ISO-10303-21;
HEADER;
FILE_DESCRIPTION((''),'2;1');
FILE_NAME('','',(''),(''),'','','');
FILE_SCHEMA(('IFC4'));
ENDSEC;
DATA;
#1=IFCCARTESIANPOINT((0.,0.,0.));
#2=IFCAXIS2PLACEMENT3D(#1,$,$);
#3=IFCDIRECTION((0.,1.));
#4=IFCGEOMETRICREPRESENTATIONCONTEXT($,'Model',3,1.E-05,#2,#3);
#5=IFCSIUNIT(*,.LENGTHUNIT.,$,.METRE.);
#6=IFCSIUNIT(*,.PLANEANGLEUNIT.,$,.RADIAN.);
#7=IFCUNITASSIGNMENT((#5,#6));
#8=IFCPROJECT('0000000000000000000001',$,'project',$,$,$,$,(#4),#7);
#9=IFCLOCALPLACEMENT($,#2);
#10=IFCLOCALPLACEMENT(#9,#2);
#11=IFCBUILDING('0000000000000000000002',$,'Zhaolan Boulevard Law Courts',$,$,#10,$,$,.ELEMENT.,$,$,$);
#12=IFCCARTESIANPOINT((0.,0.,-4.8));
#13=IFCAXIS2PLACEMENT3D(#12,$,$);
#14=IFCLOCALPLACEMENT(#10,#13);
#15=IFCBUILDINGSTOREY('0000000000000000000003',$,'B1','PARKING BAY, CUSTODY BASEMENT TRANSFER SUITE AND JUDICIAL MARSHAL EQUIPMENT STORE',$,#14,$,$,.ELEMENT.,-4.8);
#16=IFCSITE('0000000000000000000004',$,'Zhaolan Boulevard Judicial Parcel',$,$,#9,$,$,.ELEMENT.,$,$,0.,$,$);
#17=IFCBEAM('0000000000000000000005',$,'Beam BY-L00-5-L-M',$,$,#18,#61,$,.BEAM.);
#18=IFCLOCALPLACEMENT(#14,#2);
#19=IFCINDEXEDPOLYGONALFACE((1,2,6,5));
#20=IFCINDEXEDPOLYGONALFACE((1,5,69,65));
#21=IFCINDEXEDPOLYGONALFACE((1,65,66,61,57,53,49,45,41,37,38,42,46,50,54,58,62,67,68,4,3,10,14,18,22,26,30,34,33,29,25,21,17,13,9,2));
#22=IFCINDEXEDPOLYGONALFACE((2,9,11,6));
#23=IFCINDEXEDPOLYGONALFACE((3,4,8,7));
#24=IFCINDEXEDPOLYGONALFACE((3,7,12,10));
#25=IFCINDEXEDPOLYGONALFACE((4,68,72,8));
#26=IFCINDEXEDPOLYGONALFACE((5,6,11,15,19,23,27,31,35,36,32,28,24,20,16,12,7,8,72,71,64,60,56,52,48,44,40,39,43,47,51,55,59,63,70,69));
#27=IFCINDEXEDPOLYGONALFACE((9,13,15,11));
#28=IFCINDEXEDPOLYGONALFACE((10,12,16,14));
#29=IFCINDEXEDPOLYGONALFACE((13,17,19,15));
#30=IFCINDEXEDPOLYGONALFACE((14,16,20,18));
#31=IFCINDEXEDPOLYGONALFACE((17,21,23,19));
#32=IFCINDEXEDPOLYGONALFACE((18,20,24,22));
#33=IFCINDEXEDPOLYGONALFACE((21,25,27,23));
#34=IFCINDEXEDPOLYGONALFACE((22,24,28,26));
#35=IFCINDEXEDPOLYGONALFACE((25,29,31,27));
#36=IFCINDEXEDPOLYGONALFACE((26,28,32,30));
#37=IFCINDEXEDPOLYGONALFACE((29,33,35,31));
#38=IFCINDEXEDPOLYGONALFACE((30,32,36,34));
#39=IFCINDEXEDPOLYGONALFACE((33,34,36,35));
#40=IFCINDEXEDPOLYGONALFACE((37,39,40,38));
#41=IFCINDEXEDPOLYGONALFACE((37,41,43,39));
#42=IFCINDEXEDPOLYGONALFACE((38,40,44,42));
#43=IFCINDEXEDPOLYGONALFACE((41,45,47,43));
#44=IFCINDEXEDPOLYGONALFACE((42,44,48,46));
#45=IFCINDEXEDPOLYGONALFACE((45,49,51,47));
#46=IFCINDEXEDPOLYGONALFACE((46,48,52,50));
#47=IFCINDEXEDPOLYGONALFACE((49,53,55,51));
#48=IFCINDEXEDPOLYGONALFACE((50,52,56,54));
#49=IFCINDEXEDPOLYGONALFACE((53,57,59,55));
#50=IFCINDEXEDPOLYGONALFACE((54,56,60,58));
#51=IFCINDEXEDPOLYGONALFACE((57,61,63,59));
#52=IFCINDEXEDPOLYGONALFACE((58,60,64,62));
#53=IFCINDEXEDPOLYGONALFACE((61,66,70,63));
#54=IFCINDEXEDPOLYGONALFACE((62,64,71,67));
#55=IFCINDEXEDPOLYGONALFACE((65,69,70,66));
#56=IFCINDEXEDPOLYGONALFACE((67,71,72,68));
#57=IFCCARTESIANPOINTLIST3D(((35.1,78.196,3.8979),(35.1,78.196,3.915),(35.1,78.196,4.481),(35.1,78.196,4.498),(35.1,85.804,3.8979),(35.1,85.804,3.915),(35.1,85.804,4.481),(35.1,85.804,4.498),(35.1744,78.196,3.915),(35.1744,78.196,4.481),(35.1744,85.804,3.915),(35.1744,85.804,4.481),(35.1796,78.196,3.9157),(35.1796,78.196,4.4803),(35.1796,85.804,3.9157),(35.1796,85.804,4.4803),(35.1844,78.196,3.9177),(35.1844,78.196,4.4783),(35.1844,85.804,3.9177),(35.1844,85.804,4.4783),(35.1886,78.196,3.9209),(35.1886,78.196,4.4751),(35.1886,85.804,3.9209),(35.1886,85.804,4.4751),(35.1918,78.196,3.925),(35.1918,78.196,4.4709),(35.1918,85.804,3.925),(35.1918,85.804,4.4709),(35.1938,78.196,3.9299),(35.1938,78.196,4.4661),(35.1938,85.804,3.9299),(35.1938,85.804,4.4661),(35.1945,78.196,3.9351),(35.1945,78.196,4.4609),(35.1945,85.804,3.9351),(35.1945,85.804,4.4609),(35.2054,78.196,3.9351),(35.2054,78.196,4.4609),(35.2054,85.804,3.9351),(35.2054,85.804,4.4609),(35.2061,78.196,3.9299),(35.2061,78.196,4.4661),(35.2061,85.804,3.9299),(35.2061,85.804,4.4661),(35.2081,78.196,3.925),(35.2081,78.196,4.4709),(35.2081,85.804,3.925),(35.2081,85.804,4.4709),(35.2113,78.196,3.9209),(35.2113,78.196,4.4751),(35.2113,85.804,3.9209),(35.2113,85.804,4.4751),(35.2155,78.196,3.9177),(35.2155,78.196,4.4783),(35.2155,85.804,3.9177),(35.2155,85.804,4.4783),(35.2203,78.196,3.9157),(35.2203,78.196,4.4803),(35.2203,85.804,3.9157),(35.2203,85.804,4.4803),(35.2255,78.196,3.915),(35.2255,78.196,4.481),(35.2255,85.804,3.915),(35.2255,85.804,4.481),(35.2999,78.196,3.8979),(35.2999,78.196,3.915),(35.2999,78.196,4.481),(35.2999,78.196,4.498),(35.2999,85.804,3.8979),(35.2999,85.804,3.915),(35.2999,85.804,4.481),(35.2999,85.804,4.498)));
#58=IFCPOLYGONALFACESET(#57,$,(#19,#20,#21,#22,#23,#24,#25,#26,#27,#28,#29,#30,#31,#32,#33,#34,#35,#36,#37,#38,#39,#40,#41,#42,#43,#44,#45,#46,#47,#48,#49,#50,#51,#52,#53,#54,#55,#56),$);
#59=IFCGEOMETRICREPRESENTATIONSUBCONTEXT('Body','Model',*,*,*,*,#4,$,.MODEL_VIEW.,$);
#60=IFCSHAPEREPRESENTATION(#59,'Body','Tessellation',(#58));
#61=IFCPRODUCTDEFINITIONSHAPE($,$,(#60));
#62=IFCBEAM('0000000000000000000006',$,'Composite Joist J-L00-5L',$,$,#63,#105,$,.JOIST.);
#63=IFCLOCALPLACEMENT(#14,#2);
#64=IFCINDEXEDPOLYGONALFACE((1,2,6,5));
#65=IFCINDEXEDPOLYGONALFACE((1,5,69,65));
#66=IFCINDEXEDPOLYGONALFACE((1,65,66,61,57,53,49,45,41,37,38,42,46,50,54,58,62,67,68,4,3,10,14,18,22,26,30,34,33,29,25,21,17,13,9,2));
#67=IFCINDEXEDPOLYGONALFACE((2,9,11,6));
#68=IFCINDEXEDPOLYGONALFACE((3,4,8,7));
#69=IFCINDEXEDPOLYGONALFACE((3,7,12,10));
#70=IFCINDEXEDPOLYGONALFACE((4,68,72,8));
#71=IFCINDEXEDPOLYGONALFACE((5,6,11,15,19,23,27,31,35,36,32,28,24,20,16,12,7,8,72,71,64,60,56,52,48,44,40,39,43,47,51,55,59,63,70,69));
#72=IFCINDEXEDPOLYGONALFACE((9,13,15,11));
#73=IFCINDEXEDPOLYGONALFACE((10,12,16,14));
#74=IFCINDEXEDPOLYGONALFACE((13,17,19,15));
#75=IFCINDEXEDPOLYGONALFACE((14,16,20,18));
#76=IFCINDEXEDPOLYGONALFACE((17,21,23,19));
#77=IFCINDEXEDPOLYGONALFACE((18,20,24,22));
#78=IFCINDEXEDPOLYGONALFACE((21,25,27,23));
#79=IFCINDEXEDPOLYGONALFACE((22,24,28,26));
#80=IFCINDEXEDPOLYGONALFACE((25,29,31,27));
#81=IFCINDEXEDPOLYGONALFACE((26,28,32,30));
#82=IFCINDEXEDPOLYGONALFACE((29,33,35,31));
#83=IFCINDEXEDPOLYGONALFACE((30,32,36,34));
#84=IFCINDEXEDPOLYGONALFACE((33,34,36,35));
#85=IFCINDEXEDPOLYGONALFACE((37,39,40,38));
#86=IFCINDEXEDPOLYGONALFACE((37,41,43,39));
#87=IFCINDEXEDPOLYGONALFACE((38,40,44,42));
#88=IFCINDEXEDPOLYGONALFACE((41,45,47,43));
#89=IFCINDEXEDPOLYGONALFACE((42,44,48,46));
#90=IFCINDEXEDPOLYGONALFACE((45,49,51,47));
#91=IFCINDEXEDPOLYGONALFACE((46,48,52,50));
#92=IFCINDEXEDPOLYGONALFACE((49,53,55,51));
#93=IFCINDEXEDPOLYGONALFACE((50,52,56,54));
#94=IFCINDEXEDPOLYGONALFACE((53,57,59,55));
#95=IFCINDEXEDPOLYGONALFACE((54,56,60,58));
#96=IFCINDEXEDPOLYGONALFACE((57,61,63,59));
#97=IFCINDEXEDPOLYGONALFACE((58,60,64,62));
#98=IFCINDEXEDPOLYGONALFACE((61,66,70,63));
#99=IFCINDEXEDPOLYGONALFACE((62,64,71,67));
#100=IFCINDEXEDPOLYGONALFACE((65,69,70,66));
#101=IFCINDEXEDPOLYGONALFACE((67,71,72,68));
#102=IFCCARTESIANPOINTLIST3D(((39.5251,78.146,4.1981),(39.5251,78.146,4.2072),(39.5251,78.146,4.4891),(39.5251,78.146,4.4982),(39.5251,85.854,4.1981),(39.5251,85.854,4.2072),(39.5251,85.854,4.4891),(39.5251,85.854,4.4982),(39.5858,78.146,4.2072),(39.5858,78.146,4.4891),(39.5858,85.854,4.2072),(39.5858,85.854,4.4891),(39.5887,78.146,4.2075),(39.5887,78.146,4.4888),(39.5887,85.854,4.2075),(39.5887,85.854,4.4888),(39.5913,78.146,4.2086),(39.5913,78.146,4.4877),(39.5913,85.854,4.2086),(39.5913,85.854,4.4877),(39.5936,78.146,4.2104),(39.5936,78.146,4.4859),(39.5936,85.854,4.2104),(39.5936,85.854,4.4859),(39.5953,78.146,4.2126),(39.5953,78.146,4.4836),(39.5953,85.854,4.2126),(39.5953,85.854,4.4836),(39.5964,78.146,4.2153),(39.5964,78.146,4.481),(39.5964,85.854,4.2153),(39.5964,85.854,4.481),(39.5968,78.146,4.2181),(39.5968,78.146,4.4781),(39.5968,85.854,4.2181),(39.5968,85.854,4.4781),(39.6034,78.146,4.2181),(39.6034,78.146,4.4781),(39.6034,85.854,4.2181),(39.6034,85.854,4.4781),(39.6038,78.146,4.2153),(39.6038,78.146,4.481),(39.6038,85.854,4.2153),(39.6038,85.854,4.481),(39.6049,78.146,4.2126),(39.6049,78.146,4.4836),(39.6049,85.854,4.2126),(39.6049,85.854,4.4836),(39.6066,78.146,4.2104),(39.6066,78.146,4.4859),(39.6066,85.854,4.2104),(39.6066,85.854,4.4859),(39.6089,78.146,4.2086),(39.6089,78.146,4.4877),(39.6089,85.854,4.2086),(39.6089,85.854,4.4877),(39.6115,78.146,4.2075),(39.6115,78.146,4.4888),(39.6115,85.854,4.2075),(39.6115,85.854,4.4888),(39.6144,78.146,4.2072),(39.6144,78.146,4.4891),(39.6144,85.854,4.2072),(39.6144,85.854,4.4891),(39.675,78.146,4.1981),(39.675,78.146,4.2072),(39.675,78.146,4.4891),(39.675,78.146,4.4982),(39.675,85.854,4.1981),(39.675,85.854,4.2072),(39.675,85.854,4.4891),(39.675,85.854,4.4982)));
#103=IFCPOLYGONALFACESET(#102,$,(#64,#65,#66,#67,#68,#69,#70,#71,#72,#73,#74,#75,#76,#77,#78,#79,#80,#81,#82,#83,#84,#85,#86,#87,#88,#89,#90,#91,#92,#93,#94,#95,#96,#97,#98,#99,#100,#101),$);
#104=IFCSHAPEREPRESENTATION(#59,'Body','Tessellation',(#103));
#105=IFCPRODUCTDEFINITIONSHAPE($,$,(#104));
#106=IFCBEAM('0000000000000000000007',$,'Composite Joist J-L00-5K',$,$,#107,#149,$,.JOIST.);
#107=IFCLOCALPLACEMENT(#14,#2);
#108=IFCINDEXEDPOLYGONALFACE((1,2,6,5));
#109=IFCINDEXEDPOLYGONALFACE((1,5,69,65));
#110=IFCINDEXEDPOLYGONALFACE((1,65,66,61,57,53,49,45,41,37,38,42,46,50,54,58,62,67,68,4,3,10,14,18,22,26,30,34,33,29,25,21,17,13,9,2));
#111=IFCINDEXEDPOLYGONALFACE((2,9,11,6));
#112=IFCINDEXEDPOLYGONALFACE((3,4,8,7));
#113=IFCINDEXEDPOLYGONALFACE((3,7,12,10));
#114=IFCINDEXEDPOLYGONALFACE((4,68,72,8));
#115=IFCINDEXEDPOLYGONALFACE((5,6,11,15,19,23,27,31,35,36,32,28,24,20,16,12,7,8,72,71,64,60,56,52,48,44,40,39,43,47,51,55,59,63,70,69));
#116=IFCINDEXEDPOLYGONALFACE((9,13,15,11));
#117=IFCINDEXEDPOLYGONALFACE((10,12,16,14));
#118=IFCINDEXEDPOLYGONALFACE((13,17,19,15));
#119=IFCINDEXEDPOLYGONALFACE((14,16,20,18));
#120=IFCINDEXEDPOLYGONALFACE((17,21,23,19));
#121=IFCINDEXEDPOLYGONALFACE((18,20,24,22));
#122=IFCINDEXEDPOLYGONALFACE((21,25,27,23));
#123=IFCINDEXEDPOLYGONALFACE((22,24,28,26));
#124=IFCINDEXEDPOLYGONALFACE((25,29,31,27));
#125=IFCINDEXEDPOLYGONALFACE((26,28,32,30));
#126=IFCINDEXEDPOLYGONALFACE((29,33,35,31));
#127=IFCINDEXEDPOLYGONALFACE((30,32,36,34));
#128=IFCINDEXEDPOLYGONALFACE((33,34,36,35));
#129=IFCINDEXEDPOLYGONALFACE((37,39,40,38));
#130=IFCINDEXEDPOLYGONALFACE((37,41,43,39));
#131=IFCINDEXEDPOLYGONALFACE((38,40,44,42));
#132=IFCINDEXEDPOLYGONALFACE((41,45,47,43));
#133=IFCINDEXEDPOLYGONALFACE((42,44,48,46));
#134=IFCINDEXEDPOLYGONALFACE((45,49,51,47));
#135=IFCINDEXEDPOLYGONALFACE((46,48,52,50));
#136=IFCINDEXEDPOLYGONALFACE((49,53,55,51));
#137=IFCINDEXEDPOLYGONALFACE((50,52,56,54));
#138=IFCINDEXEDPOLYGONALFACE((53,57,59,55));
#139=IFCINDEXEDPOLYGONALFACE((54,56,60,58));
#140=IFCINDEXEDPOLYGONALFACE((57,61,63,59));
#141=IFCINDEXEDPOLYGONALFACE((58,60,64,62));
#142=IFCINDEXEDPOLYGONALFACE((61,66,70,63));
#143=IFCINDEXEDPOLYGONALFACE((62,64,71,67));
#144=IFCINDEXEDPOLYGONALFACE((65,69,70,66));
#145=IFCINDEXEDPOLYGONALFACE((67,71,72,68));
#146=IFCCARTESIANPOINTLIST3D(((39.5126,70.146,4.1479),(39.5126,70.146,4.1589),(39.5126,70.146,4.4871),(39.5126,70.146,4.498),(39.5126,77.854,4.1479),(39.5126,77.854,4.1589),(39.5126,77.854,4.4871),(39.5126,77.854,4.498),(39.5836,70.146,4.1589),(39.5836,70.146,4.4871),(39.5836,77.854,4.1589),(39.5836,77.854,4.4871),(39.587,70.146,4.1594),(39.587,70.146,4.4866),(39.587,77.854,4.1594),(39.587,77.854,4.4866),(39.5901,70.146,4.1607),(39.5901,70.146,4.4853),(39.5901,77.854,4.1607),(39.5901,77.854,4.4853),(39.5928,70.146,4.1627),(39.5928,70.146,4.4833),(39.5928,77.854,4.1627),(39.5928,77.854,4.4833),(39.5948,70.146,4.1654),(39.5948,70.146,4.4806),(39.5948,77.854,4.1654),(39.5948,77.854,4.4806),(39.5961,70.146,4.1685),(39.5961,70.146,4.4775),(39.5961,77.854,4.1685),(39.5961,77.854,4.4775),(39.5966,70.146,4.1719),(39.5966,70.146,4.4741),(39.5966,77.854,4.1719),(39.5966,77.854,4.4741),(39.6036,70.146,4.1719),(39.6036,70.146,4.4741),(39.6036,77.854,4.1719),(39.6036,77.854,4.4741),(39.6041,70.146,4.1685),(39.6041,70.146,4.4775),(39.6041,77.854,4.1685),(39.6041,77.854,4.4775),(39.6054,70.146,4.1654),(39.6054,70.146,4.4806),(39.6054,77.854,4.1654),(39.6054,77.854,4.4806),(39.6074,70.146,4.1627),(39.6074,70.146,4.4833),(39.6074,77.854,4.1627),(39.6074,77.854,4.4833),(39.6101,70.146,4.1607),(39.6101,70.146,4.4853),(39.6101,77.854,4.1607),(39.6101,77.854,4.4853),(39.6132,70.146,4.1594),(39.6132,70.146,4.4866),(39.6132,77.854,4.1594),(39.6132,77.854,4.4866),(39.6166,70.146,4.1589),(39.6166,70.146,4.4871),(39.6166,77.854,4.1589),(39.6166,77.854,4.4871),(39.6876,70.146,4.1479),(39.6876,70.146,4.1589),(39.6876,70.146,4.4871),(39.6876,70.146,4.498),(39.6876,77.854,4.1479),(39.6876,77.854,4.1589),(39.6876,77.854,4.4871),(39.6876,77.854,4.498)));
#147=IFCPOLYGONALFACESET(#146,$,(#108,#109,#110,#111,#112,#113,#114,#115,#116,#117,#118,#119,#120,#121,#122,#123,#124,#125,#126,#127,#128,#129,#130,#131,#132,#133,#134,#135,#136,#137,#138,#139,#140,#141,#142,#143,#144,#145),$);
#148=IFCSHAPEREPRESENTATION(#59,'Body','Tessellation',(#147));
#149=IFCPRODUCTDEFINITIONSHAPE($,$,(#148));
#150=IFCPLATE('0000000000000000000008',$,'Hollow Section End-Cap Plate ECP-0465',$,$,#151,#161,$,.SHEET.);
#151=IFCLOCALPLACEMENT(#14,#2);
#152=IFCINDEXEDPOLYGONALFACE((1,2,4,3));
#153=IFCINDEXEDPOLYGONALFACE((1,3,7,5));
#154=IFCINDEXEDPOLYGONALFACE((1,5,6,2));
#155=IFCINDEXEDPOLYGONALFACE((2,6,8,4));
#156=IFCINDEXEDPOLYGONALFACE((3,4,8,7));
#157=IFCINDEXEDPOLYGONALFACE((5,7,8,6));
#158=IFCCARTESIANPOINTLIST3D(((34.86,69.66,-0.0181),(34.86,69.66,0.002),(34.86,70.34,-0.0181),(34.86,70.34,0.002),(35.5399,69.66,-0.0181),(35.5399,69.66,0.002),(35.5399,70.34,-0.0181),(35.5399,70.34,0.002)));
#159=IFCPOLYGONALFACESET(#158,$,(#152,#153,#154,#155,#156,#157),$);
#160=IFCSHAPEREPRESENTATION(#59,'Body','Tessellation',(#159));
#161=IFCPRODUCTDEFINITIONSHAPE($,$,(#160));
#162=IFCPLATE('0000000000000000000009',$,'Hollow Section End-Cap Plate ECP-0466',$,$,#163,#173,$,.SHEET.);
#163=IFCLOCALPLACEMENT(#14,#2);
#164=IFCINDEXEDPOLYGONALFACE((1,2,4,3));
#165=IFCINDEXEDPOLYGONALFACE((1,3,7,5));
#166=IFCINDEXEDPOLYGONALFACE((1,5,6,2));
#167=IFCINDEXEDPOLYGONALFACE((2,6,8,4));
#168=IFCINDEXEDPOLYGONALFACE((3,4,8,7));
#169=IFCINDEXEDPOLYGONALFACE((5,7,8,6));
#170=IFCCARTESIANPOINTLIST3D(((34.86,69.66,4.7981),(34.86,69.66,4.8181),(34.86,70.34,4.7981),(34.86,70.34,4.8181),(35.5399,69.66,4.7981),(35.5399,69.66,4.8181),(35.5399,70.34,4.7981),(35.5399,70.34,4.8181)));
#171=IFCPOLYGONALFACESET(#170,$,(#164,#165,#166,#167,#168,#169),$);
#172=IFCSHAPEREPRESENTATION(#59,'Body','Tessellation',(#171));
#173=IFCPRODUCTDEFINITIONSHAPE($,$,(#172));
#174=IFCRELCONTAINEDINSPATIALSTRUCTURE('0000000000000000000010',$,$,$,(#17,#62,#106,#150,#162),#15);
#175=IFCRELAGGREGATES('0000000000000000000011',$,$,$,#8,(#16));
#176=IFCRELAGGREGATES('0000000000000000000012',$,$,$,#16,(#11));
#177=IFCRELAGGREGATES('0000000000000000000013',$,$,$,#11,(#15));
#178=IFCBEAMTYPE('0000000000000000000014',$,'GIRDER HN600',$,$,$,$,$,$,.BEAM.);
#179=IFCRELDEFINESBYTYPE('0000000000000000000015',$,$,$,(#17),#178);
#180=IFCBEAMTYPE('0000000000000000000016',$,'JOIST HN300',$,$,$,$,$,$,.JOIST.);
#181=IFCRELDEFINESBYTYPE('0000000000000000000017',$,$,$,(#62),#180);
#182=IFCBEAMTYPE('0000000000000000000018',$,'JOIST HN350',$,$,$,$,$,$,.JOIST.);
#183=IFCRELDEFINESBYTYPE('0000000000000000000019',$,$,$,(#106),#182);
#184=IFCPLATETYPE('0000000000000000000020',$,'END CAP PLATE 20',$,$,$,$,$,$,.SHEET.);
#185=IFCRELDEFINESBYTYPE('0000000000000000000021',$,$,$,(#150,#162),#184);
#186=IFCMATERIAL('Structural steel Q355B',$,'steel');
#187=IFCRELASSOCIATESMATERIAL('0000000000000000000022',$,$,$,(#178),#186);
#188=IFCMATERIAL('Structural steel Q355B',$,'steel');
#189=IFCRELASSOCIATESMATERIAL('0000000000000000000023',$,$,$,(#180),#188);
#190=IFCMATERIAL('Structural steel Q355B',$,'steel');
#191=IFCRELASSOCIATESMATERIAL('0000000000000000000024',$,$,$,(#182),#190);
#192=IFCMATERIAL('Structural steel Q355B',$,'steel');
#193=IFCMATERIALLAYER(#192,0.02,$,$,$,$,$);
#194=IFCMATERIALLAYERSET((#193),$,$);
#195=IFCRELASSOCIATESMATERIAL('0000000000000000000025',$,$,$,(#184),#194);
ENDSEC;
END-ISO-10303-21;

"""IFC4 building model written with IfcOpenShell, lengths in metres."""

from ifc_helpers import new_model, si_unit, direction, frame, origin, origin_2d, place, context, subcontext, project, spatial, rectangle, i_section, extrude, material, layer, layer_set, material_profile, profile_set, type_object, element, save


model = new_model("IFC4")

# Units and contexts
model_context = context("Model", 3, precision=1e-05, world=origin(), true_north=direction((0.0, 1.0)))
body_context = subcontext(model_context, "Body", "Model", "MODEL_VIEW")
ifc_project = project(units=[si_unit("LENGTHUNIT", "METRE"), si_unit("PLANEANGLEUNIT", "RADIAN")], contexts=[model_context])

# Site, building, storey
site_placement = place(None, origin())
site = spatial("IfcSite", under=ifc_project, at=site_placement, Name="Zhaolan Boulevard Judicial Parcel", CompositionType="ELEMENT", RefElevation=0.0)
building_placement = place(site_placement, origin())
building = spatial("IfcBuilding", under=site, at=building_placement, Name="Zhaolan Boulevard Law Courts", CompositionType="ELEMENT")
storey_placement = place(building_placement, frame((0.0, 0.0, -4.8)))
storey = spatial("IfcBuildingStorey", under=building, at=storey_placement, Name="B1", Description="PARKING BAY, CUSTODY BASEMENT TRANSFER SUITE AND JUDICIAL MARSHAL EQUIPMENT STORE", CompositionType="ELEMENT", Elevation=-4.8)

# Beams
ifc_material_1 = material(Name="Structural steel Q355B", Category="steel")
ifc_material_profile_1 = material_profile(ifc_material_1, i_section(OverallWidth=0.2, OverallDepth=0.6001, WebThickness=0.011, FlangeThickness=0.0171, FilletRadius=0.02, at=origin_2d()), Name="HN600x200")
ifc_profile_set_1 = profile_set([ifc_material_profile_1], Name="Structural steel Q355B")
beam_type_1 = type_object("IfcBeamType", Name="GIRDER HN600", PredefinedType="BEAM", material=ifc_profile_set_1)
beam_1_placement = place(storey_placement, frame((35.2, 78.196, 4.198), z_axis=(0.0, 1.0, 0.0), x_axis=(-1.0, 0.0, 0.0)))
element("IfcBeam", 1, at=beam_1_placement, inside=storey, type_object=beam_type_1, Name="Beam BY-L00-5-L-M", PredefinedType="BEAM", context=body_context, shape_type="SweptSolid", body=[
    extrude(i_section(OverallWidth=0.2, OverallDepth=0.6001, WebThickness=0.011, FlangeThickness=0.0171, FilletRadius=0.02, at=origin_2d()), origin(), (0.0, 0.0, 1.0), 7.6079),
])
ifc_material_2 = material(Name="Structural steel Q355B", Category="steel")
ifc_material_profile_2 = material_profile(ifc_material_2, i_section(OverallWidth=0.1499, OverallDepth=0.3, WebThickness=0.0066, FlangeThickness=0.009, FilletRadius=0.011, at=origin_2d()), Name="HN300x150")
ifc_profile_set_2 = profile_set([ifc_material_profile_2], Name="Structural steel Q355B")
beam_type_2 = type_object("IfcBeamType", Name="JOIST HN300", PredefinedType="JOIST", material=ifc_profile_set_2)
beam_2_placement = place(storey_placement, frame((39.6001, 78.146, 4.3481), z_axis=(0.0, 1.0, 0.0), x_axis=(-1.0, 0.0, 0.0)))
element("IfcBeam", 2, at=beam_2_placement, inside=storey, type_object=beam_type_2, Name="Composite Joist J-L00-5L", PredefinedType="JOIST", context=body_context, shape_type="SweptSolid", body=[
    extrude(i_section(OverallWidth=0.1499, OverallDepth=0.3, WebThickness=0.0066, FlangeThickness=0.009, FilletRadius=0.011, at=origin_2d()), origin(), (0.0, 0.0, 1.0), 7.708),
])
ifc_material_3 = material(Name="Structural steel Q355B", Category="steel")
ifc_material_profile_3 = material_profile(ifc_material_3, i_section(OverallWidth=0.175, OverallDepth=0.3501, WebThickness=0.0071, FlangeThickness=0.011, FilletRadius=0.0129, at=origin_2d()), Name="HN350x175")
ifc_profile_set_3 = profile_set([ifc_material_profile_3], Name="Structural steel Q355B")
beam_type_3 = type_object("IfcBeamType", Name="JOIST HN350", PredefinedType="JOIST", material=ifc_profile_set_3)
beam_3_placement = place(storey_placement, frame((39.6001, 70.146, 4.323), z_axis=(0.0, 1.0, 0.0), x_axis=(-1.0, 0.0, 0.0)))
element("IfcBeam", 3, at=beam_3_placement, inside=storey, type_object=beam_type_3, Name="Composite Joist J-L00-5K", PredefinedType="JOIST", context=body_context, shape_type="SweptSolid", body=[
    extrude(i_section(OverallWidth=0.175, OverallDepth=0.3501, WebThickness=0.0071, FlangeThickness=0.011, FilletRadius=0.0129, at=origin_2d()), origin(), (0.0, 0.0, 1.0), 7.708),
])

# Plates
ifc_material_4 = material(Name="Structural steel Q355B", Category="steel")
ifc_layer = layer(ifc_material_4, 0.02)
ifc_layer_set = layer_set([ifc_layer])
plate_type = type_object("IfcPlateType", Name="END CAP PLATE 20", PredefinedType="SHEET", material=ifc_layer_set)
for number, where, z_axis, x_axis, name in (
    (4, (35.2, 70.0, -0.0181), (0.0, 0.0, 1.0), (1.0, 0.0, 0.0), "Hollow Section End-Cap Plate ECP-0465"),
    (5, (35.2, 70.0, 4.7981), (0.0, 0.0, 1.0), (1.0, 0.0, 0.0), "Hollow Section End-Cap Plate ECP-0466"),
):
    element("IfcPlate", number, at=place(storey_placement, frame(where, z_axis=z_axis, x_axis=x_axis)), inside=storey, type_object=plate_type, Name=name, PredefinedType="SHEET", context=body_context, shape_type="SweptSolid", body=[
        extrude(rectangle(XDim=0.6799, YDim=0.6799, at=origin_2d()), origin(), (0.0, 0.0, 1.0), 0.02),
    ])

save(model, "model.ifc")
